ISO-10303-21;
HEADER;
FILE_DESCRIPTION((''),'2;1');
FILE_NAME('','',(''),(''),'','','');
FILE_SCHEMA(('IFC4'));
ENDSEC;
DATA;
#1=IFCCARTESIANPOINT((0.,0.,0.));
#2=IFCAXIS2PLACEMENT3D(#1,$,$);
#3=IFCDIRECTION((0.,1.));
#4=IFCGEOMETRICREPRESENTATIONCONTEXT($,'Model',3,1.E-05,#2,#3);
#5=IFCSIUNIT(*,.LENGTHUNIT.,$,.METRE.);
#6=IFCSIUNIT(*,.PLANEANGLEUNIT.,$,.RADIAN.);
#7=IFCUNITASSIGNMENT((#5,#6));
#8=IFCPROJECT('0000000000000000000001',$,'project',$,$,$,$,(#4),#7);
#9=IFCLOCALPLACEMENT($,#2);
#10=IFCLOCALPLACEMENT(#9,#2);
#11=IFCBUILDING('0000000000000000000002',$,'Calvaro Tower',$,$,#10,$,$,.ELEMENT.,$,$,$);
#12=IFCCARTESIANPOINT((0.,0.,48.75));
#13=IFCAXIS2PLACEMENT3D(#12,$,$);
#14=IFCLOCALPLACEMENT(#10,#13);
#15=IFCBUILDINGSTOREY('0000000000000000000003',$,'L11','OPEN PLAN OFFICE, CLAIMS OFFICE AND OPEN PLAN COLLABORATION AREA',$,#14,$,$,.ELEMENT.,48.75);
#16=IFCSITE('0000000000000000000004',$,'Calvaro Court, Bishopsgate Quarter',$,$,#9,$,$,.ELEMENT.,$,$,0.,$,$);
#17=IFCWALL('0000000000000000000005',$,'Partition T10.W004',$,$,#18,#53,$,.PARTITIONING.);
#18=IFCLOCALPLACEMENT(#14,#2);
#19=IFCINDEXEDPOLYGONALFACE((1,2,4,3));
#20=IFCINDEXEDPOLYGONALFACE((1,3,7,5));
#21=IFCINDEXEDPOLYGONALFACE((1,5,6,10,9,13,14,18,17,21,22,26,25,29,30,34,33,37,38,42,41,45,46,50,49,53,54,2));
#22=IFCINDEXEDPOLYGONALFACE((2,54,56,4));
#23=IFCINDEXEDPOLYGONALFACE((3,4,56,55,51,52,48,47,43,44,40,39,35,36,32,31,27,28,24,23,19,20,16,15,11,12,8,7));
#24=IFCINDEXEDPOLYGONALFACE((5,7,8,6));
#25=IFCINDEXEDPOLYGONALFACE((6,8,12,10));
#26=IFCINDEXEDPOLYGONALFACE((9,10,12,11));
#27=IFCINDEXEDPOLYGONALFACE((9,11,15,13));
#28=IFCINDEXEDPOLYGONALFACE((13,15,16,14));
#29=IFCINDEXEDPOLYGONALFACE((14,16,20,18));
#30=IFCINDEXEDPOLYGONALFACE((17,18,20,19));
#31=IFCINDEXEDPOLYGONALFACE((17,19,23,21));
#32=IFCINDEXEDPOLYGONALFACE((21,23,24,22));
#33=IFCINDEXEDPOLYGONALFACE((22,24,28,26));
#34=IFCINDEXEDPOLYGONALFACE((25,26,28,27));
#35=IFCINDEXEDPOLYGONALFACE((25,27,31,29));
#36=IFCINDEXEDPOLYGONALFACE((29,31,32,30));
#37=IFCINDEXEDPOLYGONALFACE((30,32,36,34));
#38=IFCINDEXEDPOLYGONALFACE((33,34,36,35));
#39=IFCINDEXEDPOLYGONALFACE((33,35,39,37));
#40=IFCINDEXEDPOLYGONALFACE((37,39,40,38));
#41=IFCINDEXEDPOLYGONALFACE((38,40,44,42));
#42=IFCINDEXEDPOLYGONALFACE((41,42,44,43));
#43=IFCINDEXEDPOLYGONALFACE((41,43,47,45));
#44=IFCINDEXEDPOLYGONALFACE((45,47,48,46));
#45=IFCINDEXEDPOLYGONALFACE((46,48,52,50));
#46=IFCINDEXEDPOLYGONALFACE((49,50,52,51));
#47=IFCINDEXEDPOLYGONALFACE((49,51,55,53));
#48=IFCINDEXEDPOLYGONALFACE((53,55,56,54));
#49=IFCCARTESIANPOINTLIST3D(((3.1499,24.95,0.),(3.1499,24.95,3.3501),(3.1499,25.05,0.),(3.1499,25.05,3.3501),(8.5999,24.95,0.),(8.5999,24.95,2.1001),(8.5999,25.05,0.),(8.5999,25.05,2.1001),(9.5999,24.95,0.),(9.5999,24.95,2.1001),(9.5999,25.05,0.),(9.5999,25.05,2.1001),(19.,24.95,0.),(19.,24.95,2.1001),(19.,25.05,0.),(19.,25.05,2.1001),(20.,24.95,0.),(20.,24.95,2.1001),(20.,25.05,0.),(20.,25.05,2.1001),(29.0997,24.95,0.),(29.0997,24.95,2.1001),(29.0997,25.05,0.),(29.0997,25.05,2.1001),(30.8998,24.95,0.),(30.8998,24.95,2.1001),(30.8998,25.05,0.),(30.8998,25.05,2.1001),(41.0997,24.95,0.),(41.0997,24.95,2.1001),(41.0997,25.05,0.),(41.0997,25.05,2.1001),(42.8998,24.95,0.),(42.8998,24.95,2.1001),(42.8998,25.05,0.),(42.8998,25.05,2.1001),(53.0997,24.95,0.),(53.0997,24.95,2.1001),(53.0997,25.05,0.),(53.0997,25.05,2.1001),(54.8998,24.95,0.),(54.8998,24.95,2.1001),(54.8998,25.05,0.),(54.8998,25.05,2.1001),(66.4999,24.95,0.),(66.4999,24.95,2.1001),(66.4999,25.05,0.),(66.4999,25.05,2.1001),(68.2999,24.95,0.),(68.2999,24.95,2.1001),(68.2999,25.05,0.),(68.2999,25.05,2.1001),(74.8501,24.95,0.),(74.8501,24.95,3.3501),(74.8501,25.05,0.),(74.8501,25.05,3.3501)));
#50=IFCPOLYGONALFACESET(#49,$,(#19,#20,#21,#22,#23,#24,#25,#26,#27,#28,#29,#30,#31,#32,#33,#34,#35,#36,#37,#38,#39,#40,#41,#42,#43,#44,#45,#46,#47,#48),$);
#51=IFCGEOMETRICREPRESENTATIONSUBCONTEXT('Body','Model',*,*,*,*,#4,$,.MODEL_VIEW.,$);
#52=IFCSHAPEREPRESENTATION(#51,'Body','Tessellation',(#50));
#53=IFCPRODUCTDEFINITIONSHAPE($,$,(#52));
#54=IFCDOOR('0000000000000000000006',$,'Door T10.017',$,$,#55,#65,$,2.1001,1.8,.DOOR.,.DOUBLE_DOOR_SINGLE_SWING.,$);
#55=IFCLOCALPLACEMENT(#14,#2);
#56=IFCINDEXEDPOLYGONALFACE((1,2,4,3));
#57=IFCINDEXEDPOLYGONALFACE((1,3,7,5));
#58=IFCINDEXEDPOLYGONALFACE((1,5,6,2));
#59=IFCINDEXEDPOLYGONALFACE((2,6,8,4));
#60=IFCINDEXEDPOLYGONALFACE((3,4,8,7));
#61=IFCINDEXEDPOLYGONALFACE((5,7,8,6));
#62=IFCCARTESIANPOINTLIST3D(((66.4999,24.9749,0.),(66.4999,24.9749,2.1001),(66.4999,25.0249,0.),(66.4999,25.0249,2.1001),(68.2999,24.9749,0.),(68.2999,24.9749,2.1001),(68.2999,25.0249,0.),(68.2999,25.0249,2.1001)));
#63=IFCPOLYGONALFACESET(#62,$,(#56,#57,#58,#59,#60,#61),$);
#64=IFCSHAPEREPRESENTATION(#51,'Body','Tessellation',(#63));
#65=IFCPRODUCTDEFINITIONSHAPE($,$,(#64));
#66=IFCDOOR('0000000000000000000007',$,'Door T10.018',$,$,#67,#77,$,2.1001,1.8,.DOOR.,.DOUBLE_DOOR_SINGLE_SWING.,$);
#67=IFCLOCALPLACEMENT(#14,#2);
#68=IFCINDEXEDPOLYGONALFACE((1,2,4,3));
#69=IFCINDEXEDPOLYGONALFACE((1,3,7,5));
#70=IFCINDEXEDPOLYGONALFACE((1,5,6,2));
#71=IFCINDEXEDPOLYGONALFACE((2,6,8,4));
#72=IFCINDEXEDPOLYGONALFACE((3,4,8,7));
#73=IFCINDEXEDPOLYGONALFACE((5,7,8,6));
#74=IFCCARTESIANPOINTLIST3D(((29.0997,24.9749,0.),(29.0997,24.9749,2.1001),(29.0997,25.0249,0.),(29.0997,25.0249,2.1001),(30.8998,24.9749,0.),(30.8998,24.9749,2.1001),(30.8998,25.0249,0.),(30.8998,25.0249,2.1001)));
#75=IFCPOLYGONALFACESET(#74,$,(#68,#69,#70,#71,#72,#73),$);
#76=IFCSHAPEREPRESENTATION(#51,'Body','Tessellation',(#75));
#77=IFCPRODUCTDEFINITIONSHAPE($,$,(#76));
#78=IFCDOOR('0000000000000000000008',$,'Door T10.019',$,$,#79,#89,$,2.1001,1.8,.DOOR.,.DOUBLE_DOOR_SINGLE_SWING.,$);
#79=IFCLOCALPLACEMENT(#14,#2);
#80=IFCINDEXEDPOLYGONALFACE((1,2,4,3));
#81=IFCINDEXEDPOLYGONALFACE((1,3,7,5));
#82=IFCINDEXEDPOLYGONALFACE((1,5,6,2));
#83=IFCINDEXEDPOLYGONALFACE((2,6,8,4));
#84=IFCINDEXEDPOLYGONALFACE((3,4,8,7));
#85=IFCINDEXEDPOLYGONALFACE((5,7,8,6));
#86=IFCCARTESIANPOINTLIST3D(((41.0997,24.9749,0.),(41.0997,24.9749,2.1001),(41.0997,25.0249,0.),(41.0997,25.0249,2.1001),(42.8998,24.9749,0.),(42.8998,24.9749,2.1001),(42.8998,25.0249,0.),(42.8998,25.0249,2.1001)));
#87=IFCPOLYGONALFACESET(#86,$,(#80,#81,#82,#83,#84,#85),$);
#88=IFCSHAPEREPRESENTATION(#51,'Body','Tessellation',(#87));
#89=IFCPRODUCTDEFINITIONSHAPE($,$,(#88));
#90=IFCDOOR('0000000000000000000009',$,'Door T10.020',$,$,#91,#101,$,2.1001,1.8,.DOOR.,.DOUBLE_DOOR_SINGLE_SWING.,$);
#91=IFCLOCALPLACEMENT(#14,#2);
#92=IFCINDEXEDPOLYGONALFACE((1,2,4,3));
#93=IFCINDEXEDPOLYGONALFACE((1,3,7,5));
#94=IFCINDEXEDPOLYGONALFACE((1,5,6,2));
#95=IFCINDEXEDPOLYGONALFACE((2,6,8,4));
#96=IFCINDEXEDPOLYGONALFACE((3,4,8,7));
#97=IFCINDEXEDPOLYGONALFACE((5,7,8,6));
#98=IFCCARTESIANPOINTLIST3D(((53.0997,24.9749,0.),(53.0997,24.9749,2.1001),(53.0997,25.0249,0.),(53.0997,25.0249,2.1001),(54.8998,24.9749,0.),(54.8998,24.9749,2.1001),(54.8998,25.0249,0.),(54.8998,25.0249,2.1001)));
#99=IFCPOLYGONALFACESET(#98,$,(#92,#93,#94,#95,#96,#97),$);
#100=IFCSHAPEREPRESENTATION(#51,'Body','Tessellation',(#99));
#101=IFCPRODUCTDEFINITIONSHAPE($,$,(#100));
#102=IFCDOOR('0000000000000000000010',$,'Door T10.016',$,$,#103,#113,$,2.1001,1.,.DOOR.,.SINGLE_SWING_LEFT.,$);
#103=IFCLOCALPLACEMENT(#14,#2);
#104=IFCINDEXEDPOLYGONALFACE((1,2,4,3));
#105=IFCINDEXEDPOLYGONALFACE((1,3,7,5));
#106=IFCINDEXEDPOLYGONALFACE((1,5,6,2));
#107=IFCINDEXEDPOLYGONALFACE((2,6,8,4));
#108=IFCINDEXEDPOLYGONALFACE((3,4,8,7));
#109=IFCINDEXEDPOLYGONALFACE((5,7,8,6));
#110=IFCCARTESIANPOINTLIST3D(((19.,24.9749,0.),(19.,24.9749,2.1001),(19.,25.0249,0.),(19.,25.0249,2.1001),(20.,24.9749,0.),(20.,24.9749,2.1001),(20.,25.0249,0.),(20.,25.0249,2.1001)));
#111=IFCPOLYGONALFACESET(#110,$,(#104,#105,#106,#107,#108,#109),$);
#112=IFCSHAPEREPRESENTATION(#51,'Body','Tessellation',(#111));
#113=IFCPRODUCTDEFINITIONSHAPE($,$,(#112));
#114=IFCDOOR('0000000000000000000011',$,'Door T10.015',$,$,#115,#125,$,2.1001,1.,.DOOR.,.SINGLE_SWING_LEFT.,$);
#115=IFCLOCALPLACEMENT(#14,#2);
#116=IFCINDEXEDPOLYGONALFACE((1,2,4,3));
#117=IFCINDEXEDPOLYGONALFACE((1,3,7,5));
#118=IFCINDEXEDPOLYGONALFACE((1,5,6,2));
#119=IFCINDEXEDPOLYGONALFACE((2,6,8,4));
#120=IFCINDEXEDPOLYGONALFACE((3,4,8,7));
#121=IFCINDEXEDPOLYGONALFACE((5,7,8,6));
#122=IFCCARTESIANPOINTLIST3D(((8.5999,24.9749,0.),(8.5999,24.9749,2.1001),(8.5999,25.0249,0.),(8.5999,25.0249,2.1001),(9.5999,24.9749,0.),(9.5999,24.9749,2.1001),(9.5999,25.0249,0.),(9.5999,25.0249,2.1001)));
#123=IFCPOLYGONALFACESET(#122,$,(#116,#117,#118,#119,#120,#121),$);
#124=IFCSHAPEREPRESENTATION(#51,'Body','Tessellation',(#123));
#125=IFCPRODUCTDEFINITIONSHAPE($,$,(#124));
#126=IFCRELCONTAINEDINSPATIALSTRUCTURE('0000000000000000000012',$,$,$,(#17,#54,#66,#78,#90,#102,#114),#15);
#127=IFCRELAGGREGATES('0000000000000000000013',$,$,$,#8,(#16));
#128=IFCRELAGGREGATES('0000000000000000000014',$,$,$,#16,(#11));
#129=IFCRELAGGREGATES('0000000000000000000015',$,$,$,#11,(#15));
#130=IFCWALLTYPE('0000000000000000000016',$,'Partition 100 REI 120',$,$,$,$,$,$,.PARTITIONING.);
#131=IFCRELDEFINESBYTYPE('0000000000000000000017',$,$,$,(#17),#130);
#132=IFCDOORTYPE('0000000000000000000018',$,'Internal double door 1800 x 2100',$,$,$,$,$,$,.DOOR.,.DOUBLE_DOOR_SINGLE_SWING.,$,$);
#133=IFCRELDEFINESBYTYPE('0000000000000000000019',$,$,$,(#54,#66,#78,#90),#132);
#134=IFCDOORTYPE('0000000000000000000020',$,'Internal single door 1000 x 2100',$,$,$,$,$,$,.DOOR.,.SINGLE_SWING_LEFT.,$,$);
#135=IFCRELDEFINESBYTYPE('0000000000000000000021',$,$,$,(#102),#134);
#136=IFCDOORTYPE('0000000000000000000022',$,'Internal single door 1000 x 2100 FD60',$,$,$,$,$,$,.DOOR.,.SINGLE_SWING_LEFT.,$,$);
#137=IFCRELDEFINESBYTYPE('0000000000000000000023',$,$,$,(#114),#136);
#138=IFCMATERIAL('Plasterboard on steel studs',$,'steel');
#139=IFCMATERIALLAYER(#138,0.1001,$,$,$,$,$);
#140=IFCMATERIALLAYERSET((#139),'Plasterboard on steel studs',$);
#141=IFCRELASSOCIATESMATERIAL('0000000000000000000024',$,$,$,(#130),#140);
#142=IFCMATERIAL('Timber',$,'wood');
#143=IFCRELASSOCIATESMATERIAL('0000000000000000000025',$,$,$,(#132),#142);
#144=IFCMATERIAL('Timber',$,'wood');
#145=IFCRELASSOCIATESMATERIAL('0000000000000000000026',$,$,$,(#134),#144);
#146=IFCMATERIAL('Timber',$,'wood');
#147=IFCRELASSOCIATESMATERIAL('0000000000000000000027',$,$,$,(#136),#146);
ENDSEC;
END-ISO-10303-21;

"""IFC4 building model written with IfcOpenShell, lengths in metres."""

from ifc_helpers import new_model, si_unit, direction, frame, frame_2d, origin, place, context, subcontext, project, spatial, rectangle, extrude, material, layer, layer_set, type_object, element, fill, save


model = new_model("IFC4")

# Units and contexts
model_context = context("Model", 3, precision=1e-05, world=origin(), true_north=direction((0.0, 1.0)))
body_context = subcontext(model_context, "Body", "Model", "MODEL_VIEW")
ifc_project = project(units=[si_unit("LENGTHUNIT", "METRE"), si_unit("PLANEANGLEUNIT", "RADIAN")], contexts=[model_context])

# Site, building, storey
site_placement = place(None, origin())
site = spatial("IfcSite", under=ifc_project, at=site_placement, Name="Calvaro Court, Bishopsgate Quarter", CompositionType="ELEMENT", RefElevation=0.0)
building_placement = place(site_placement, origin())
building = spatial("IfcBuilding", under=site, at=building_placement, Name="Calvaro Tower", CompositionType="ELEMENT")
storey_placement = place(building_placement, frame((0.0, 0.0, 48.75)))
storey = spatial("IfcBuildingStorey", under=building, at=storey_placement, Name="L11", Description="OPEN PLAN OFFICE, CLAIMS OFFICE AND OPEN PLAN COLLABORATION AREA", CompositionType="ELEMENT", Elevation=48.75)

# Wall, openings, doors
ifc_material_1 = material(Name="Plasterboard on steel studs", Category="steel")
ifc_layer = layer(ifc_material_1, 0.1001)
ifc_layer_set = layer_set([ifc_layer], Name="Plasterboard on steel studs")
wall_type = type_object("IfcWallType", Name="Partition 100 REI 120", PredefinedType="PARTITIONING", material=ifc_layer_set)
wall_placement = place(storey_placement, frame((3.1499, 25.0, 0.0), z_axis=(0.0, 0.0, 1.0), x_axis=(1.0, 0.0, 0.0)))
wall = element("IfcWall", 1, at=wall_placement, inside=storey, type_object=wall_type, Name="Partition T10.W004", PredefinedType="PARTITIONING", context=body_context, shape_type="SweptSolid", body=[
    extrude(rectangle(XDim=71.7002, YDim=0.1001, at=frame_2d((35.8501, 0.0))), origin(), (0.0, 0.0, 1.0), 3.3501),
])
opening_1_placement = place(wall_placement, frame((5.45, 0.0, 0.0)))
opening_1 = element("IfcOpeningElement", 2, at=opening_1_placement, cuts=wall, PredefinedType="OPENING", context=body_context, shape_type="SweptSolid", body=[
    extrude(rectangle(XDim=1.0, YDim=2.1001, at=frame_2d((0.5, 1.05))), frame((0.0, 0.0601, 0.0), z_axis=(0.0, -1.0, 0.0), x_axis=(1.0, 0.0, 0.0)), (0.0, 0.0, 1.0), 0.1201),
])
opening_2_placement = place(wall_placement, frame((15.8501, 0.0, 0.0)))
opening_2 = element("IfcOpeningElement", 3, at=opening_2_placement, cuts=wall, PredefinedType="OPENING", context=body_context, shape_type="SweptSolid", body=[
    extrude(rectangle(XDim=1.0, YDim=2.1001, at=frame_2d((0.5, 1.05))), frame((0.0, 0.0601, 0.0), z_axis=(0.0, -1.0, 0.0), x_axis=(1.0, 0.0, 0.0)), (0.0, 0.0, 1.0), 0.1201),
])
opening_3_placement = place(wall_placement, frame((63.3501, 0.0, 0.0)))
opening_3 = element("IfcOpeningElement", 4, at=opening_3_placement, cuts=wall, PredefinedType="OPENING", context=body_context, shape_type="SweptSolid", body=[
    extrude(rectangle(XDim=1.8, YDim=2.1001, at=frame_2d((0.8999, 1.05))), frame((0.0, 0.0601, 0.0), z_axis=(0.0, -1.0, 0.0), x_axis=(1.0, 0.0, 0.0)), (0.0, 0.0, 1.0), 0.1201),
])
opening_4_placement = place(wall_placement, frame((25.95, 0.0, 0.0)))
opening_4 = element("IfcOpeningElement", 5, at=opening_4_placement, cuts=wall, PredefinedType="OPENING", context=body_context, shape_type="SweptSolid", body=[
    extrude(rectangle(XDim=1.8, YDim=2.1001, at=frame_2d((0.8999, 1.05))), frame((0.0, 0.0601, 0.0), z_axis=(0.0, -1.0, 0.0), x_axis=(1.0, 0.0, 0.0)), (0.0, 0.0, 1.0), 0.1201),
])
opening_5_placement = place(wall_placement, frame((37.95, 0.0, 0.0)))
opening_5 = element("IfcOpeningElement", 6, at=opening_5_placement, cuts=wall, PredefinedType="OPENING", context=body_context, shape_type="SweptSolid", body=[
    extrude(rectangle(XDim=1.8, YDim=2.1001, at=frame_2d((0.8999, 1.05))), frame((0.0, 0.0601, 0.0), z_axis=(0.0, -1.0, 0.0), x_axis=(1.0, 0.0, 0.0)), (0.0, 0.0, 1.0), 0.1201),
])
opening_6_placement = place(wall_placement, frame((49.95, 0.0, 0.0)))
opening_6 = element("IfcOpeningElement", 7, at=opening_6_placement, cuts=wall, PredefinedType="OPENING", context=body_context, shape_type="SweptSolid", body=[
    extrude(rectangle(XDim=1.8, YDim=2.1001, at=frame_2d((0.8999, 1.05))), frame((0.0, 0.0601, 0.0), z_axis=(0.0, -1.0, 0.0), x_axis=(1.0, 0.0, 0.0)), (0.0, 0.0, 1.0), 0.1201),
])
ifc_material_2 = material(Name="Timber", Category="wood")
door_type_1 = type_object("IfcDoorType", Name="Internal double door 1800 x 2100", OperationType="DOUBLE_DOOR_SINGLE_SWING", PredefinedType="DOOR", material=ifc_material_2)
door_1_placement = place(opening_3_placement, origin())
door_1 = element("IfcDoor", 8, at=door_1_placement, inside=storey, type_object=door_type_1, Name="Door T10.017", OperationType="DOUBLE_DOOR_SINGLE_SWING", OverallHeight=2.1001, OverallWidth=1.8, PredefinedType="DOOR", context=body_context, shape_type="SweptSolid", body=[
    extrude(rectangle(XDim=1.8, YDim=2.1001, at=frame_2d((0.8999, 1.05))), frame((0.0, 0.0249, 0.0), z_axis=(0.0, -1.0, 0.0), x_axis=(1.0, 0.0, 0.0)), (0.0, 0.0, 1.0), 0.05),
])
fill(opening_3, door_1)
door_2_placement = place(opening_4_placement, origin())
door_2 = element("IfcDoor", 9, at=door_2_placement, inside=storey, type_object=door_type_1, Name="Door T10.018", OperationType="DOUBLE_DOOR_SINGLE_SWING", OverallHeight=2.1001, OverallWidth=1.8, PredefinedType="DOOR", context=body_context, shape_type="SweptSolid", body=[
    extrude(rectangle(XDim=1.8, YDim=2.1001, at=frame_2d((0.8999, 1.05))), frame((0.0, 0.0249, 0.0), z_axis=(0.0, -1.0, 0.0), x_axis=(1.0, 0.0, 0.0)), (0.0, 0.0, 1.0), 0.05),
])
fill(opening_4, door_2)
door_3_placement = place(opening_5_placement, origin())
door_3 = element("IfcDoor", 10, at=door_3_placement, inside=storey, type_object=door_type_1, Name="Door T10.019", OperationType="DOUBLE_DOOR_SINGLE_SWING", OverallHeight=2.1001, OverallWidth=1.8, PredefinedType="DOOR", context=body_context, shape_type="SweptSolid", body=[
    extrude(rectangle(XDim=1.8, YDim=2.1001, at=frame_2d((0.8999, 1.05))), frame((0.0, 0.0249, 0.0), z_axis=(0.0, -1.0, 0.0), x_axis=(1.0, 0.0, 0.0)), (0.0, 0.0, 1.0), 0.05),
])
fill(opening_5, door_3)
door_4_placement = place(opening_6_placement, origin())
door_4 = element("IfcDoor", 11, at=door_4_placement, inside=storey, type_object=door_type_1, Name="Door T10.020", OperationType="DOUBLE_DOOR_SINGLE_SWING", OverallHeight=2.1001, OverallWidth=1.8, PredefinedType="DOOR", context=body_context, shape_type="SweptSolid", body=[
    extrude(rectangle(XDim=1.8, YDim=2.1001, at=frame_2d((0.8999, 1.05))), frame((0.0, 0.0249, 0.0), z_axis=(0.0, -1.0, 0.0), x_axis=(1.0, 0.0, 0.0)), (0.0, 0.0, 1.0), 0.05),
])
fill(opening_6, door_4)
ifc_material_3 = material(Name="Timber", Category="wood")
door_type_2 = type_object("IfcDoorType", Name="Internal single door 1000 x 2100", OperationType="SINGLE_SWING_LEFT", PredefinedType="DOOR", material=ifc_material_3)
door_5_placement = place(opening_2_placement, origin())
door_5 = element("IfcDoor", 12, at=door_5_placement, inside=storey, type_object=door_type_2, Name="Door T10.016", OperationType="SINGLE_SWING_LEFT", OverallHeight=2.1001, OverallWidth=1.0, PredefinedType="DOOR", context=body_context, shape_type="SweptSolid", body=[
    extrude(rectangle(XDim=1.0, YDim=2.1001, at=frame_2d((0.5, 1.05))), frame((0.0, 0.0249, 0.0), z_axis=(0.0, -1.0, 0.0), x_axis=(1.0, 0.0, 0.0)), (0.0, 0.0, 1.0), 0.05),
])
fill(opening_2, door_5)
ifc_material_4 = material(Name="Timber", Category="wood")
door_type_3 = type_object("IfcDoorType", Name="Internal single door 1000 x 2100 FD60", OperationType="SINGLE_SWING_LEFT", PredefinedType="DOOR", material=ifc_material_4)
door_6_placement = place(opening_1_placement, origin())
door_6 = element("IfcDoor", 13, at=door_6_placement, inside=storey, type_object=door_type_3, Name="Door T10.015", OperationType="SINGLE_SWING_LEFT", OverallHeight=2.1001, OverallWidth=1.0, PredefinedType="DOOR", context=body_context, shape_type="SweptSolid", body=[
    extrude(rectangle(XDim=1.0, YDim=2.1001, at=frame_2d((0.5, 1.05))), frame((0.0, 0.0249, 0.0), z_axis=(0.0, -1.0, 0.0), x_axis=(1.0, 0.0, 0.0)), (0.0, 0.0, 1.0), 0.05),
])
fill(opening_1, door_6)

save(model, "model.ifc")
